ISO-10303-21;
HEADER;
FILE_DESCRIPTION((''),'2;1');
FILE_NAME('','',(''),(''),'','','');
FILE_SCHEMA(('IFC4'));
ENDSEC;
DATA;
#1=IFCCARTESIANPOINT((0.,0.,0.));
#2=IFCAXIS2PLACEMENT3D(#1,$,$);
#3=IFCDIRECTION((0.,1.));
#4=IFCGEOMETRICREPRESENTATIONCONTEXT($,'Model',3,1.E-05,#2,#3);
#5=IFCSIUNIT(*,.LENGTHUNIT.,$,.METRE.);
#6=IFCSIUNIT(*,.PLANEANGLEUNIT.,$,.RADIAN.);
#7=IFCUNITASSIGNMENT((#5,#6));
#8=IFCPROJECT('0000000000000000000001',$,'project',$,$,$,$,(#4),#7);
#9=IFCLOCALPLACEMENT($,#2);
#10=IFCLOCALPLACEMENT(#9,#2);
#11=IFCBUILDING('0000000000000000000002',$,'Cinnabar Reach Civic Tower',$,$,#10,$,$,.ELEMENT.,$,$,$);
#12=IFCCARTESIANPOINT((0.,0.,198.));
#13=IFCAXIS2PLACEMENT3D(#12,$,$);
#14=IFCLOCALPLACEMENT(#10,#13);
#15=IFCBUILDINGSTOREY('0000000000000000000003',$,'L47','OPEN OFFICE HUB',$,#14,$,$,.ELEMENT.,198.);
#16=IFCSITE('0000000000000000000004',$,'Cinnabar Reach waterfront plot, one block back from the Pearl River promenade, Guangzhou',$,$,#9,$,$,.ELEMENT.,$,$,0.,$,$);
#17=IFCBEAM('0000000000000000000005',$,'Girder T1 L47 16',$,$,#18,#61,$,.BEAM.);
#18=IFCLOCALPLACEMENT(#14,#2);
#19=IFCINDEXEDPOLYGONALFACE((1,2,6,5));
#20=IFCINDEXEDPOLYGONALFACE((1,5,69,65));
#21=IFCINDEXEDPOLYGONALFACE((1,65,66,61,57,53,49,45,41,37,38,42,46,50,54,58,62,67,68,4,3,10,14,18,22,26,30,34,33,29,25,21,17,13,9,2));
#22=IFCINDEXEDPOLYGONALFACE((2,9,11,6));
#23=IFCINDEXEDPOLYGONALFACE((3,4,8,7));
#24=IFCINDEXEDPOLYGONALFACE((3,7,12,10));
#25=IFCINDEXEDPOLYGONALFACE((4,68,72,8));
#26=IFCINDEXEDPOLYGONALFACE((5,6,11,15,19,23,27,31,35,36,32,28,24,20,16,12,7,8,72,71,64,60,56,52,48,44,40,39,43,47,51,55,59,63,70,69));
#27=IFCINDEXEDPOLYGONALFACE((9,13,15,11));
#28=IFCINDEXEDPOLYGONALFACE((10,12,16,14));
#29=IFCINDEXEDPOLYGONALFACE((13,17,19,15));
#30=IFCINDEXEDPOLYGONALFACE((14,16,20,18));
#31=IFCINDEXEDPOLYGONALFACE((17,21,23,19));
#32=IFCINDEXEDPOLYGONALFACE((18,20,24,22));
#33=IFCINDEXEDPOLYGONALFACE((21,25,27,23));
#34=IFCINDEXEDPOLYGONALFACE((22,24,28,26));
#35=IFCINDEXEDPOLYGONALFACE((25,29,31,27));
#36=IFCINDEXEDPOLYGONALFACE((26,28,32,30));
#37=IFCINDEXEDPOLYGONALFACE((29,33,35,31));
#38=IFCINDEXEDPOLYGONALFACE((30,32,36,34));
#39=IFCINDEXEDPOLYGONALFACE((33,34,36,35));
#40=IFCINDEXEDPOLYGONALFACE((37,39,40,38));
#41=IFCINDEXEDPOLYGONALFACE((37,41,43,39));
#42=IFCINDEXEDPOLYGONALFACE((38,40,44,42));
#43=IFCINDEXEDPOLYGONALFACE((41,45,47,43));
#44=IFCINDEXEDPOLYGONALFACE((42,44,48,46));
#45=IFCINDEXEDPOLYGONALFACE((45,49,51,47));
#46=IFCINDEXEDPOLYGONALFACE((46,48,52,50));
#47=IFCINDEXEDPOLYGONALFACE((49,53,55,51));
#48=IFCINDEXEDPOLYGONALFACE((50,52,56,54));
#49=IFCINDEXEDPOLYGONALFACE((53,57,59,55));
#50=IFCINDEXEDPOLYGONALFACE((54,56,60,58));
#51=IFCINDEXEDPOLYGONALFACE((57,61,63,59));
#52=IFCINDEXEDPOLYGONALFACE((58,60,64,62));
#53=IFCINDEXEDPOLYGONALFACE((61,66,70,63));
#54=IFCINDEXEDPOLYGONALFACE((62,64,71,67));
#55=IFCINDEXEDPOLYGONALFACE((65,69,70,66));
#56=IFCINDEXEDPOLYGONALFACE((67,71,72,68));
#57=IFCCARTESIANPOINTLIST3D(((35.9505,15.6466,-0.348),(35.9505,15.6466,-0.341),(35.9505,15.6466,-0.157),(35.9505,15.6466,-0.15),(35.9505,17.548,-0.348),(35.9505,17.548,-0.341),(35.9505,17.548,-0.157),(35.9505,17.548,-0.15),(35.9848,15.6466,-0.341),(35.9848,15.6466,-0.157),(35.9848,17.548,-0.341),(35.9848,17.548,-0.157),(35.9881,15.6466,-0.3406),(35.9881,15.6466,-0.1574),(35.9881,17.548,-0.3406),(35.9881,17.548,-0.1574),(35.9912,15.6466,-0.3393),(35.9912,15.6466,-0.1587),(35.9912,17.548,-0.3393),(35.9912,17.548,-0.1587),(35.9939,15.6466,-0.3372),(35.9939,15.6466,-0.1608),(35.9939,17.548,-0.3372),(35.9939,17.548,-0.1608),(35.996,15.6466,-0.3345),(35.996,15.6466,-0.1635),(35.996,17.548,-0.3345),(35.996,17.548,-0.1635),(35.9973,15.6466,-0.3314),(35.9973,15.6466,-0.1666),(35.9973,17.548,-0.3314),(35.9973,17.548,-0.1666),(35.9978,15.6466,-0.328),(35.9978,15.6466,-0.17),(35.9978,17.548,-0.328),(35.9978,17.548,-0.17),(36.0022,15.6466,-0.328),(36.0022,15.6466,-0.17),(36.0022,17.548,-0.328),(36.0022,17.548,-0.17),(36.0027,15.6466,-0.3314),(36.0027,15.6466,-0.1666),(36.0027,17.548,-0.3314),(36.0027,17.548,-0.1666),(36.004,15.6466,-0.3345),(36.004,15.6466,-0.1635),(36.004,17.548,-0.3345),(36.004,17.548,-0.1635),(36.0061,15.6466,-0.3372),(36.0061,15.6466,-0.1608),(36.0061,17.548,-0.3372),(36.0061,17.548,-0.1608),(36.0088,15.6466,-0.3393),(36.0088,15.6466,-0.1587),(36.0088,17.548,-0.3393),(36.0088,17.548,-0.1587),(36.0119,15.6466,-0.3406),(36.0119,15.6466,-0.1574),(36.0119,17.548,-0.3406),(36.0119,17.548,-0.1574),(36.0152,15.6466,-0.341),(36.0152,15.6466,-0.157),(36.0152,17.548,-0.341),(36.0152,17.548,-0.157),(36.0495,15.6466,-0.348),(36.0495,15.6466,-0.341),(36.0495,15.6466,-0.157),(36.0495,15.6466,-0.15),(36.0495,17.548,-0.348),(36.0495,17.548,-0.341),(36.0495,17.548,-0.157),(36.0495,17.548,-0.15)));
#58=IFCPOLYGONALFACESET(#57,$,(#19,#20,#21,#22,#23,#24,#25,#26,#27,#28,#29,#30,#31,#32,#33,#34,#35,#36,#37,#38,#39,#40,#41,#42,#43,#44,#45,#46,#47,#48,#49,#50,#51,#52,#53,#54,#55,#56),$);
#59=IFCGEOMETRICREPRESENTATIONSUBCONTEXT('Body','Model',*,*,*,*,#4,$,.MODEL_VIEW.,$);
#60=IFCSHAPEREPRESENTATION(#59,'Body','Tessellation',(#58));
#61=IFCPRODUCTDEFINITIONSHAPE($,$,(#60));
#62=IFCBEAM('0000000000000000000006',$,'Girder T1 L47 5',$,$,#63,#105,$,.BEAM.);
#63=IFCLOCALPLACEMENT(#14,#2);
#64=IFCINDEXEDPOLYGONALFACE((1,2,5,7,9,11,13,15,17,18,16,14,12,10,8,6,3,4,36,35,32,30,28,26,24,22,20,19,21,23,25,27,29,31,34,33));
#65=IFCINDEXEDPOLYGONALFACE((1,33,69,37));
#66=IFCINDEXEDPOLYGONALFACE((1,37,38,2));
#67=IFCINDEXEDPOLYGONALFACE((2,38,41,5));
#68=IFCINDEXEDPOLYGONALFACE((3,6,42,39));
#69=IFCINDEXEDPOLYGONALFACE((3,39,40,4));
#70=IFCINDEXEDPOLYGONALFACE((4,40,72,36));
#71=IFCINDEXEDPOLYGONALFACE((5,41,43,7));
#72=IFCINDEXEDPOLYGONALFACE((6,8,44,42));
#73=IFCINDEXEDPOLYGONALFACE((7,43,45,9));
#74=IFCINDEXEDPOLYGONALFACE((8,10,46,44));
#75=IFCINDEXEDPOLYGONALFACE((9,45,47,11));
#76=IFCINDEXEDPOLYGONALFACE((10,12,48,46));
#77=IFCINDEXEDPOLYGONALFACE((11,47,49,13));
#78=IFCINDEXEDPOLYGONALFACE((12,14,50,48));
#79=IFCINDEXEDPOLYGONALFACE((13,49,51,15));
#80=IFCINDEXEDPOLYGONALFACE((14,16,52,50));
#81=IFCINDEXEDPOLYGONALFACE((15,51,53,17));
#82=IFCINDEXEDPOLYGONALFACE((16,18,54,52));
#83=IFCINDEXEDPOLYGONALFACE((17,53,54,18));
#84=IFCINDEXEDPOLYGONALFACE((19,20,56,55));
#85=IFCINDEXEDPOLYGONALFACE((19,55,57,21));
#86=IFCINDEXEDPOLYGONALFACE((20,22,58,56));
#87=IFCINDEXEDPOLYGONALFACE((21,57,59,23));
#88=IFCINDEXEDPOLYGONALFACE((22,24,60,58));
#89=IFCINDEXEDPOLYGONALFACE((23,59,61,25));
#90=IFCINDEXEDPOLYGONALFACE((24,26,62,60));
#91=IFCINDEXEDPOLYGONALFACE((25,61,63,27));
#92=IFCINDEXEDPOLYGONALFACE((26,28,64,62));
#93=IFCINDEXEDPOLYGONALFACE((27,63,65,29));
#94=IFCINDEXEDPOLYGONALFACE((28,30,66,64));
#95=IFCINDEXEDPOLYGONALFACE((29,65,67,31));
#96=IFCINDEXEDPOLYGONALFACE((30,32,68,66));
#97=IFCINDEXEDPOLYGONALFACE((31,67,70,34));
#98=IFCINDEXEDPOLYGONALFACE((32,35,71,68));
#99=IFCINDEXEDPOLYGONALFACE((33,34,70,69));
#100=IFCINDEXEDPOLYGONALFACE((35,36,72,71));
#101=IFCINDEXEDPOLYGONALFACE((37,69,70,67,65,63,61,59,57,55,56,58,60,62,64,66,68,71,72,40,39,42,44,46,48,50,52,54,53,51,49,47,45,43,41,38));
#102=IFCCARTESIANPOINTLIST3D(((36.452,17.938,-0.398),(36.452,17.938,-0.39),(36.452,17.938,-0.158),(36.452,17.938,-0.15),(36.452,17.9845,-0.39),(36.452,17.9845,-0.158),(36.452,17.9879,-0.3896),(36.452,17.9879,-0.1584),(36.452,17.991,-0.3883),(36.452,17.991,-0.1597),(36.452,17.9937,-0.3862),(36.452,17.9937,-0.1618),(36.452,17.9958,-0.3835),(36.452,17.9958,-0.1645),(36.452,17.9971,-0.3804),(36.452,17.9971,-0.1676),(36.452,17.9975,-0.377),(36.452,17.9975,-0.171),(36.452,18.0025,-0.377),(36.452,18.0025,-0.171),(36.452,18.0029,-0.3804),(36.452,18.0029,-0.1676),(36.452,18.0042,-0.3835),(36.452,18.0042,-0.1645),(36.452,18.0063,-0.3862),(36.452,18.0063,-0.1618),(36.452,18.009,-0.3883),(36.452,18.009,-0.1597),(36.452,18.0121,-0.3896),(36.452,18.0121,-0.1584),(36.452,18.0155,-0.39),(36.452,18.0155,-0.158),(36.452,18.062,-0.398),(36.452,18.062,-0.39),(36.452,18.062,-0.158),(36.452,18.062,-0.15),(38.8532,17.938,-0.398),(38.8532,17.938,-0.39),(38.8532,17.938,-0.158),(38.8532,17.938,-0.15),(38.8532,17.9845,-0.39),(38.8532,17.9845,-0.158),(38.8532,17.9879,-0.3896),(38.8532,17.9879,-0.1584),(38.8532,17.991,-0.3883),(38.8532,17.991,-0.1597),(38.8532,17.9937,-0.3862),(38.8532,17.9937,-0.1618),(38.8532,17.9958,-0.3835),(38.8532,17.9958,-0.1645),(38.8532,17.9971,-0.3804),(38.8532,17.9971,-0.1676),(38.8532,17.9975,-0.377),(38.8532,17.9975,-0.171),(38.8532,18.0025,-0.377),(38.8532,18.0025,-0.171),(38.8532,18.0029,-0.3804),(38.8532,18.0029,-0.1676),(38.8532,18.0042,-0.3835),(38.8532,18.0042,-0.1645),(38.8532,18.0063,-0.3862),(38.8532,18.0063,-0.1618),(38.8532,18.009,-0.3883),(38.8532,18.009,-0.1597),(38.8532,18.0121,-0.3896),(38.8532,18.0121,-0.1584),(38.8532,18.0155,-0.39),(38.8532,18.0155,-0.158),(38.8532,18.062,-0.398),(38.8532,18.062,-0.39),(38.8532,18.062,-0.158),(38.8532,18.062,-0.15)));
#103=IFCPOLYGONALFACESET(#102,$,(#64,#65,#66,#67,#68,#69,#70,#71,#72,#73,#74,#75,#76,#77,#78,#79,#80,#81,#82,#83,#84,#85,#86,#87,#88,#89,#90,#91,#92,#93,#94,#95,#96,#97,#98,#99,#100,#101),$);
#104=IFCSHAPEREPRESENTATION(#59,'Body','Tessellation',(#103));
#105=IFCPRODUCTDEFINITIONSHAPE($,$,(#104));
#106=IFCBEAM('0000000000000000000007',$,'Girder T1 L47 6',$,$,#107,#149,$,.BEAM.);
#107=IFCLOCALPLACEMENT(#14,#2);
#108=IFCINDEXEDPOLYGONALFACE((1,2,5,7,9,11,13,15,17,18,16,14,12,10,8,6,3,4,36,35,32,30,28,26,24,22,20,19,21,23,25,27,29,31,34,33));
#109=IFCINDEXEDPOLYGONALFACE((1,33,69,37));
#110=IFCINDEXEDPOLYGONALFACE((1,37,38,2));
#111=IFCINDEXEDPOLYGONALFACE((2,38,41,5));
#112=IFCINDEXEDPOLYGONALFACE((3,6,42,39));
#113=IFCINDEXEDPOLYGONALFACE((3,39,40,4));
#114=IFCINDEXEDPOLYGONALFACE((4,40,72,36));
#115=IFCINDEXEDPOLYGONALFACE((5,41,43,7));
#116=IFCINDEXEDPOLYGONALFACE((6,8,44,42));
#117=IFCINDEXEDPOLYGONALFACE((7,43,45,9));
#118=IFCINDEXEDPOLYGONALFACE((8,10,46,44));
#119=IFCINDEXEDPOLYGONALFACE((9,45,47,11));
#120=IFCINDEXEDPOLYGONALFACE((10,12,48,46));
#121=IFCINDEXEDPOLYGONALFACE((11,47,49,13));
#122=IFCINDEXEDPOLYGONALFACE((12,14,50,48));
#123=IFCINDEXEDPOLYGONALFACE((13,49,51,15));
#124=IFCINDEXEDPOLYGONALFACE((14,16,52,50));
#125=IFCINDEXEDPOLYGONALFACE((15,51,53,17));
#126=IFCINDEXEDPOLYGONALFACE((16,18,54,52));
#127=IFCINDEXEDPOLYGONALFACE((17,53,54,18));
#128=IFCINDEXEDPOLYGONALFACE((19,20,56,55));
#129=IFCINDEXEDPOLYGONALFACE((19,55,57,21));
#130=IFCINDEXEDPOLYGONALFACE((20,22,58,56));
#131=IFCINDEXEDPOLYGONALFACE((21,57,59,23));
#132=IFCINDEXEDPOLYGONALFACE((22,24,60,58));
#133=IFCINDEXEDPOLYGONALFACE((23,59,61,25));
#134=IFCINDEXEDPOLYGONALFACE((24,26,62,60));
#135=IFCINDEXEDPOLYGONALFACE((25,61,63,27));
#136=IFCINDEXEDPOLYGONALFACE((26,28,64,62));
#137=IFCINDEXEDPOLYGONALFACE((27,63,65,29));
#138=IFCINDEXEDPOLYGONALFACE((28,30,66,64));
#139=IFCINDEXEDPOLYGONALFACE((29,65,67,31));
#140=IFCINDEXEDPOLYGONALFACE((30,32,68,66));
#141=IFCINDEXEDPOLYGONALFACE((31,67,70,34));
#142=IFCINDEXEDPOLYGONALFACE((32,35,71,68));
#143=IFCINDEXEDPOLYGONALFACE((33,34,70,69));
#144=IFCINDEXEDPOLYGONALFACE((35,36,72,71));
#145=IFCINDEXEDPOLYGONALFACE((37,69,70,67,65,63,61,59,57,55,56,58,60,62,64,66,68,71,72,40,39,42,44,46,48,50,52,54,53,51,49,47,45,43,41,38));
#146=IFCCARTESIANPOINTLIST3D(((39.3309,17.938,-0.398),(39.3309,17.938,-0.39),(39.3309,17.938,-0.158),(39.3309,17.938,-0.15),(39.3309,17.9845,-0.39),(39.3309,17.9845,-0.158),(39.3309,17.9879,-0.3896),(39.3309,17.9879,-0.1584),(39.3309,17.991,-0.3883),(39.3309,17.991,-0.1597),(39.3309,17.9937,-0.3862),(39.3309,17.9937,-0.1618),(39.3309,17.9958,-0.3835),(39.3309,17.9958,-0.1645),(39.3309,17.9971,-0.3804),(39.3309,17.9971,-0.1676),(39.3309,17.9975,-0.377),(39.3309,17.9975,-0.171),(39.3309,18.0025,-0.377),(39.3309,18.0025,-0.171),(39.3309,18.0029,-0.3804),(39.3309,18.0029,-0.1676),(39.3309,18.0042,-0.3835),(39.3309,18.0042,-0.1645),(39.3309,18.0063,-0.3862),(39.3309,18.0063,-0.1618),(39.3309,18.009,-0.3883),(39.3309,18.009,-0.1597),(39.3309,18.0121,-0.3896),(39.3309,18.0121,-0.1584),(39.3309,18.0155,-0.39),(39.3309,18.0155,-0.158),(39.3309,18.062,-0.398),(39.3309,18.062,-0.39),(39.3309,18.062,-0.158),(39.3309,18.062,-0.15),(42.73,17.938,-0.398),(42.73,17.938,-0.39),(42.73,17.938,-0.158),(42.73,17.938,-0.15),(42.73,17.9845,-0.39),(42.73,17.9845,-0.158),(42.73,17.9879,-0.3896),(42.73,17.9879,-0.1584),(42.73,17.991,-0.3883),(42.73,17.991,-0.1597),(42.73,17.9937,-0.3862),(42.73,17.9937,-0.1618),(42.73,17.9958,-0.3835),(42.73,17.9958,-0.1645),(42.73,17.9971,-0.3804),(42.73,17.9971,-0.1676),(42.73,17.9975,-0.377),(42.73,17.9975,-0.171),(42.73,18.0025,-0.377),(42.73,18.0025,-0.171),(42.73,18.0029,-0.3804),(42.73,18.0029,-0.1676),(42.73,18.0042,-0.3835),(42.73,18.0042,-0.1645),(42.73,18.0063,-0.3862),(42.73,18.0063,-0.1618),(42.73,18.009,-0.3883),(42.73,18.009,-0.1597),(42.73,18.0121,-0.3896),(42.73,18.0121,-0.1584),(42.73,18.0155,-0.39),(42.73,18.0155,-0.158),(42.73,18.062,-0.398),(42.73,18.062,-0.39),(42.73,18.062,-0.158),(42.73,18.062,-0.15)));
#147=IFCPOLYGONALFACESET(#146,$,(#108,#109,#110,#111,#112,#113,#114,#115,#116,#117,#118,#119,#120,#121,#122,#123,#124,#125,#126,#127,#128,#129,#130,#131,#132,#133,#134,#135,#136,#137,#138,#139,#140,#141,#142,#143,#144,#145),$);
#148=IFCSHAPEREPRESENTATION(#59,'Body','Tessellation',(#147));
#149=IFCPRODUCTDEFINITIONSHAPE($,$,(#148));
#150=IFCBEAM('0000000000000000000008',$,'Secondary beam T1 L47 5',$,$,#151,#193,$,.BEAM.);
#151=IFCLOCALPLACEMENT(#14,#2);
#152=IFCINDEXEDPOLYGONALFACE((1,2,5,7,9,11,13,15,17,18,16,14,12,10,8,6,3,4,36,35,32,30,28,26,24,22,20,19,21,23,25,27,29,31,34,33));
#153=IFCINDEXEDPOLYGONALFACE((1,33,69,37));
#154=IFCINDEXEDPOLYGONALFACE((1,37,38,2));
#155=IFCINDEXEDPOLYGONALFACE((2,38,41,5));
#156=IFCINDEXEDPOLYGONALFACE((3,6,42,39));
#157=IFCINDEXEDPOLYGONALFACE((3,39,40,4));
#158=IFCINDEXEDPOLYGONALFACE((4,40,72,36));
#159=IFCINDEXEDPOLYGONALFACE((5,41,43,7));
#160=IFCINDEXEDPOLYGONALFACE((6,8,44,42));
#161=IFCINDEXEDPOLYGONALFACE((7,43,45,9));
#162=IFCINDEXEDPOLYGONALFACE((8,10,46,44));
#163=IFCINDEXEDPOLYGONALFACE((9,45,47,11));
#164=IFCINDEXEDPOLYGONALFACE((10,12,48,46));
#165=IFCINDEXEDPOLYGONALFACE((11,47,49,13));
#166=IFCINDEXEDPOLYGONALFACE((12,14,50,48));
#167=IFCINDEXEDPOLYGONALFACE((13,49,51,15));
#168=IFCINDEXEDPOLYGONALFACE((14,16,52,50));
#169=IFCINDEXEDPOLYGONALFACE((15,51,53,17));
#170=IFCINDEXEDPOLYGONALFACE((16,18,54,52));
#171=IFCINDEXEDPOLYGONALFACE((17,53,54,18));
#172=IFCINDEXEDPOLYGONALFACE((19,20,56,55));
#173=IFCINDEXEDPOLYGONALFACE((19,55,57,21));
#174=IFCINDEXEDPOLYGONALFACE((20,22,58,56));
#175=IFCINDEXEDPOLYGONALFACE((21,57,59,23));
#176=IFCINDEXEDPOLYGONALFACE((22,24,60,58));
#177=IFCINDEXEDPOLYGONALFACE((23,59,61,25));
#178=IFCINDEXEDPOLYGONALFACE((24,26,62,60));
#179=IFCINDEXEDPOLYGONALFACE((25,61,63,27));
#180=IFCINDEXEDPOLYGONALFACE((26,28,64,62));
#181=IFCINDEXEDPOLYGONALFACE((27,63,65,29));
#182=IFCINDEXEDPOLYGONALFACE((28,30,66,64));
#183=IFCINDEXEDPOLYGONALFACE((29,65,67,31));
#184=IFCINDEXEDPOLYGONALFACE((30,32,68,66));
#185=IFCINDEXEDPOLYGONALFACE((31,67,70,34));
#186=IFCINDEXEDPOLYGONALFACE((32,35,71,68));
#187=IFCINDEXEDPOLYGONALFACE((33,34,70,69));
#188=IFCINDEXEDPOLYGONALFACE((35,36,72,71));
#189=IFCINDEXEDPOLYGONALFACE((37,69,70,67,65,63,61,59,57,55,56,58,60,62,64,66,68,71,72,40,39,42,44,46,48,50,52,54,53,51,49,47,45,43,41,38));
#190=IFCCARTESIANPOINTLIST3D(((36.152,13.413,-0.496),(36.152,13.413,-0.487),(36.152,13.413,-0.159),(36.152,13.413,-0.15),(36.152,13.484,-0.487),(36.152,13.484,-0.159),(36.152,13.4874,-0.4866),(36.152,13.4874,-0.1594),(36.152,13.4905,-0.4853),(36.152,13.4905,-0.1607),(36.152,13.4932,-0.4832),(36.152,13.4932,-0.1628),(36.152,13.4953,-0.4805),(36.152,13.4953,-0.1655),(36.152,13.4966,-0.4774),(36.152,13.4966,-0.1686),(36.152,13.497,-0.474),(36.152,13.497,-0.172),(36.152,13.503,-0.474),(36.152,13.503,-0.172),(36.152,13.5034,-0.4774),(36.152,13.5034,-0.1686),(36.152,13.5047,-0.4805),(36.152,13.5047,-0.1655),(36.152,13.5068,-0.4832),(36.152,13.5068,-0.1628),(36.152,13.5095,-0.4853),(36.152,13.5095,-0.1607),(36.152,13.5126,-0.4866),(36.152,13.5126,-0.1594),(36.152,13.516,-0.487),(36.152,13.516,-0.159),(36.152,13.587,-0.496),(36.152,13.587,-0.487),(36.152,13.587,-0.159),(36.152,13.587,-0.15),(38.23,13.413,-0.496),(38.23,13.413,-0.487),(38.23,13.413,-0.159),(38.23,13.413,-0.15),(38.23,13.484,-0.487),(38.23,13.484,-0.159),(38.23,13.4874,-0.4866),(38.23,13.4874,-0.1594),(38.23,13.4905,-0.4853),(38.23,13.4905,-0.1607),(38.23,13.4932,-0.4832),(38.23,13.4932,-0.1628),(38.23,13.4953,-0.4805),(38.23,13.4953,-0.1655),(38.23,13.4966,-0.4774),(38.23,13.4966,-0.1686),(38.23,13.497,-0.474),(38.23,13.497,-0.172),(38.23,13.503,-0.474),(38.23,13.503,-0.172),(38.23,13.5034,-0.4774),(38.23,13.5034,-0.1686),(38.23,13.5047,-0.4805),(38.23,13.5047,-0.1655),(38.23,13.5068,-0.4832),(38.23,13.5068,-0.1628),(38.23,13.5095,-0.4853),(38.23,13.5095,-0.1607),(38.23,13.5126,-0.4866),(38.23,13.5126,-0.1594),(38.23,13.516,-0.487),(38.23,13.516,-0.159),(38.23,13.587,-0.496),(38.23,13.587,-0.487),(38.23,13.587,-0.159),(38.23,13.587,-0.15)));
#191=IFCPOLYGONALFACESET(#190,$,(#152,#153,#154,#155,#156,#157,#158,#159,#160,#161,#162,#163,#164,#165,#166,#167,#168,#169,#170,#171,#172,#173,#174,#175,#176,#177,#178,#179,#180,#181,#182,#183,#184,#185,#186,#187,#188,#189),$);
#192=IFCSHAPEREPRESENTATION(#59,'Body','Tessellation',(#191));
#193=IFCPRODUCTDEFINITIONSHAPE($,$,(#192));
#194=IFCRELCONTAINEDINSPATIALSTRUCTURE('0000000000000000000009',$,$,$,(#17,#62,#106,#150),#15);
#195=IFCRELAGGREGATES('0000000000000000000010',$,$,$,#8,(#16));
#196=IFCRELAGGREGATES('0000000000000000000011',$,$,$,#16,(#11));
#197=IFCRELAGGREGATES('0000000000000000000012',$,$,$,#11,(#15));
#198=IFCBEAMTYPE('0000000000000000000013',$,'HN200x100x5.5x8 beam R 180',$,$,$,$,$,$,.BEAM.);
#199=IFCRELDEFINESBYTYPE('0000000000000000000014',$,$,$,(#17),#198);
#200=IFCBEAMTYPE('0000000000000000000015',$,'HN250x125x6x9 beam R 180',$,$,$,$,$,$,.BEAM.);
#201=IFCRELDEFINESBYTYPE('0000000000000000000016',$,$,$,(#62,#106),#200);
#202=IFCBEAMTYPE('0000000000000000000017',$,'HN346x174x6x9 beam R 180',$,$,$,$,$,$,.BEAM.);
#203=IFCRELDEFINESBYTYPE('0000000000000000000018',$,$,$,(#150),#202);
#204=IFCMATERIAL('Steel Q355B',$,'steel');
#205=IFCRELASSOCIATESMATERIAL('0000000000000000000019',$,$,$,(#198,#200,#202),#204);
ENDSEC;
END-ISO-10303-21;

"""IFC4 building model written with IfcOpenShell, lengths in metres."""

from ifc_helpers import new_model, si_unit, direction, frame, origin, origin_2d, place, context, subcontext, project, spatial, i_section, extrude, material, material_profile, profile_set, type_object, element, save


model = new_model("IFC4")

# Units and contexts
model_context = context("Model", 3, precision=1e-05, world=origin(), true_north=direction((0.0, 1.0)))
body_context = subcontext(model_context, "Body", "Model", "MODEL_VIEW")
ifc_project = project(units=[si_unit("LENGTHUNIT", "METRE"), si_unit("PLANEANGLEUNIT", "RADIAN")], contexts=[model_context])

# Site, building, storey
site_placement = place(None, origin())
site = spatial("IfcSite", under=ifc_project, at=site_placement, Name="Cinnabar Reach waterfront plot, one block back from the Pearl River promenade, Guangzhou", CompositionType="ELEMENT", RefElevation=0.0)
building_placement = place(site_placement, origin())
building = spatial("IfcBuilding", under=site, at=building_placement, Name="Cinnabar Reach Civic Tower", CompositionType="ELEMENT")
storey_placement = place(building_placement, frame((0.0, 0.0, 198.0)))
storey = spatial("IfcBuildingStorey", under=building, at=storey_placement, Name="L47", Description="OPEN OFFICE HUB", CompositionType="ELEMENT", Elevation=198.0)

# Beams
ifc_material_1 = material(Name="Steel Q355B", Category="steel")
ifc_material_profile_1 = material_profile(ifc_material_1, i_section(OverallWidth=0.099, OverallDepth=0.198, WebThickness=0.0045, FlangeThickness=0.007, FilletRadius=0.013, at=origin_2d()), Name="HN200x100x5.5x8")
ifc_profile_set_1 = profile_set([ifc_material_profile_1], Name="Steel Q355B")
beam_type_1 = type_object("IfcBeamType", Name="HN200x100x5.5x8 beam R 180", PredefinedType="BEAM", material=ifc_profile_set_1)
beam_1_placement = place(storey_placement, frame((36.0, 15.6466, -0.249), z_axis=(0.0, 1.0, 0.0), x_axis=(-1.0, 0.0, 0.0)))
element("IfcBeam", 1, at=beam_1_placement, inside=storey, type_object=beam_type_1, Name="Girder T1 L47 16", PredefinedType="BEAM", context=body_context, shape_type="SweptSolid", body=[
    extrude(i_section(OverallWidth=0.099, OverallDepth=0.198, WebThickness=0.0045, FlangeThickness=0.007, FilletRadius=0.013, at=origin_2d()), origin(), (0.0, 0.0, 1.0), 1.9014),
])
ifc_material_profile_2 = material_profile(ifc_material_1, i_section(OverallWidth=0.124, OverallDepth=0.248, WebThickness=0.005, FlangeThickness=0.008, FilletRadius=0.013, at=origin_2d()), Name="HN250x125x6x9")
ifc_profile_set_2 = profile_set([ifc_material_profile_2], Name="Steel Q355B")
beam_type_2 = type_object("IfcBeamType", Name="HN250x125x6x9 beam R 180", PredefinedType="BEAM", material=ifc_profile_set_2)
beam_2_placement = place(storey_placement, frame((36.452, 18.0, -0.274), z_axis=(1.0, 0.0, 0.0), x_axis=(0.0, 1.0, 0.0)))
element("IfcBeam", 2, at=beam_2_placement, inside=storey, type_object=beam_type_2, Name="Girder T1 L47 5", PredefinedType="BEAM", context=body_context, shape_type="SweptSolid", body=[
    extrude(i_section(OverallWidth=0.124, OverallDepth=0.248, WebThickness=0.005, FlangeThickness=0.008, FilletRadius=0.013, at=origin_2d()), origin(), (0.0, 0.0, 1.0), 2.4012),
])
beam_3_placement = place(storey_placement, frame((39.3309, 18.0, -0.274), z_axis=(1.0, 0.0, 0.0), x_axis=(0.0, 1.0, 0.0)))
element("IfcBeam", 3, at=beam_3_placement, inside=storey, type_object=beam_type_2, Name="Girder T1 L47 6", PredefinedType="BEAM", context=body_context, shape_type="SweptSolid", body=[
    extrude(i_section(OverallWidth=0.124, OverallDepth=0.248, WebThickness=0.005, FlangeThickness=0.008, FilletRadius=0.013, at=origin_2d()), origin(), (0.0, 0.0, 1.0), 3.3991),
])
ifc_material_profile_3 = material_profile(ifc_material_1, i_section(OverallWidth=0.174, OverallDepth=0.346, WebThickness=0.006, FlangeThickness=0.009, FilletRadius=0.013, at=origin_2d()), Name="HN346x174x6x9")
ifc_profile_set_3 = profile_set([ifc_material_profile_3], Name="Steel Q355B")
beam_type_3 = type_object("IfcBeamType", Name="HN346x174x6x9 beam R 180", PredefinedType="BEAM", material=ifc_profile_set_3)
beam_4_placement = place(storey_placement, frame((36.152, 13.5, -0.323), z_axis=(1.0, 0.0, 0.0), x_axis=(0.0, 1.0, 0.0)))
element("IfcBeam", 4, at=beam_4_placement, inside=storey, type_object=beam_type_3, Name="Secondary beam T1 L47 5", PredefinedType="BEAM", context=body_context, shape_type="SweptSolid", body=[
    extrude(i_section(OverallWidth=0.174, OverallDepth=0.346, WebThickness=0.006, FlangeThickness=0.009, FilletRadius=0.013, at=origin_2d()), origin(), (0.0, 0.0, 1.0), 2.078),
])

save(model, "model.ifc")
